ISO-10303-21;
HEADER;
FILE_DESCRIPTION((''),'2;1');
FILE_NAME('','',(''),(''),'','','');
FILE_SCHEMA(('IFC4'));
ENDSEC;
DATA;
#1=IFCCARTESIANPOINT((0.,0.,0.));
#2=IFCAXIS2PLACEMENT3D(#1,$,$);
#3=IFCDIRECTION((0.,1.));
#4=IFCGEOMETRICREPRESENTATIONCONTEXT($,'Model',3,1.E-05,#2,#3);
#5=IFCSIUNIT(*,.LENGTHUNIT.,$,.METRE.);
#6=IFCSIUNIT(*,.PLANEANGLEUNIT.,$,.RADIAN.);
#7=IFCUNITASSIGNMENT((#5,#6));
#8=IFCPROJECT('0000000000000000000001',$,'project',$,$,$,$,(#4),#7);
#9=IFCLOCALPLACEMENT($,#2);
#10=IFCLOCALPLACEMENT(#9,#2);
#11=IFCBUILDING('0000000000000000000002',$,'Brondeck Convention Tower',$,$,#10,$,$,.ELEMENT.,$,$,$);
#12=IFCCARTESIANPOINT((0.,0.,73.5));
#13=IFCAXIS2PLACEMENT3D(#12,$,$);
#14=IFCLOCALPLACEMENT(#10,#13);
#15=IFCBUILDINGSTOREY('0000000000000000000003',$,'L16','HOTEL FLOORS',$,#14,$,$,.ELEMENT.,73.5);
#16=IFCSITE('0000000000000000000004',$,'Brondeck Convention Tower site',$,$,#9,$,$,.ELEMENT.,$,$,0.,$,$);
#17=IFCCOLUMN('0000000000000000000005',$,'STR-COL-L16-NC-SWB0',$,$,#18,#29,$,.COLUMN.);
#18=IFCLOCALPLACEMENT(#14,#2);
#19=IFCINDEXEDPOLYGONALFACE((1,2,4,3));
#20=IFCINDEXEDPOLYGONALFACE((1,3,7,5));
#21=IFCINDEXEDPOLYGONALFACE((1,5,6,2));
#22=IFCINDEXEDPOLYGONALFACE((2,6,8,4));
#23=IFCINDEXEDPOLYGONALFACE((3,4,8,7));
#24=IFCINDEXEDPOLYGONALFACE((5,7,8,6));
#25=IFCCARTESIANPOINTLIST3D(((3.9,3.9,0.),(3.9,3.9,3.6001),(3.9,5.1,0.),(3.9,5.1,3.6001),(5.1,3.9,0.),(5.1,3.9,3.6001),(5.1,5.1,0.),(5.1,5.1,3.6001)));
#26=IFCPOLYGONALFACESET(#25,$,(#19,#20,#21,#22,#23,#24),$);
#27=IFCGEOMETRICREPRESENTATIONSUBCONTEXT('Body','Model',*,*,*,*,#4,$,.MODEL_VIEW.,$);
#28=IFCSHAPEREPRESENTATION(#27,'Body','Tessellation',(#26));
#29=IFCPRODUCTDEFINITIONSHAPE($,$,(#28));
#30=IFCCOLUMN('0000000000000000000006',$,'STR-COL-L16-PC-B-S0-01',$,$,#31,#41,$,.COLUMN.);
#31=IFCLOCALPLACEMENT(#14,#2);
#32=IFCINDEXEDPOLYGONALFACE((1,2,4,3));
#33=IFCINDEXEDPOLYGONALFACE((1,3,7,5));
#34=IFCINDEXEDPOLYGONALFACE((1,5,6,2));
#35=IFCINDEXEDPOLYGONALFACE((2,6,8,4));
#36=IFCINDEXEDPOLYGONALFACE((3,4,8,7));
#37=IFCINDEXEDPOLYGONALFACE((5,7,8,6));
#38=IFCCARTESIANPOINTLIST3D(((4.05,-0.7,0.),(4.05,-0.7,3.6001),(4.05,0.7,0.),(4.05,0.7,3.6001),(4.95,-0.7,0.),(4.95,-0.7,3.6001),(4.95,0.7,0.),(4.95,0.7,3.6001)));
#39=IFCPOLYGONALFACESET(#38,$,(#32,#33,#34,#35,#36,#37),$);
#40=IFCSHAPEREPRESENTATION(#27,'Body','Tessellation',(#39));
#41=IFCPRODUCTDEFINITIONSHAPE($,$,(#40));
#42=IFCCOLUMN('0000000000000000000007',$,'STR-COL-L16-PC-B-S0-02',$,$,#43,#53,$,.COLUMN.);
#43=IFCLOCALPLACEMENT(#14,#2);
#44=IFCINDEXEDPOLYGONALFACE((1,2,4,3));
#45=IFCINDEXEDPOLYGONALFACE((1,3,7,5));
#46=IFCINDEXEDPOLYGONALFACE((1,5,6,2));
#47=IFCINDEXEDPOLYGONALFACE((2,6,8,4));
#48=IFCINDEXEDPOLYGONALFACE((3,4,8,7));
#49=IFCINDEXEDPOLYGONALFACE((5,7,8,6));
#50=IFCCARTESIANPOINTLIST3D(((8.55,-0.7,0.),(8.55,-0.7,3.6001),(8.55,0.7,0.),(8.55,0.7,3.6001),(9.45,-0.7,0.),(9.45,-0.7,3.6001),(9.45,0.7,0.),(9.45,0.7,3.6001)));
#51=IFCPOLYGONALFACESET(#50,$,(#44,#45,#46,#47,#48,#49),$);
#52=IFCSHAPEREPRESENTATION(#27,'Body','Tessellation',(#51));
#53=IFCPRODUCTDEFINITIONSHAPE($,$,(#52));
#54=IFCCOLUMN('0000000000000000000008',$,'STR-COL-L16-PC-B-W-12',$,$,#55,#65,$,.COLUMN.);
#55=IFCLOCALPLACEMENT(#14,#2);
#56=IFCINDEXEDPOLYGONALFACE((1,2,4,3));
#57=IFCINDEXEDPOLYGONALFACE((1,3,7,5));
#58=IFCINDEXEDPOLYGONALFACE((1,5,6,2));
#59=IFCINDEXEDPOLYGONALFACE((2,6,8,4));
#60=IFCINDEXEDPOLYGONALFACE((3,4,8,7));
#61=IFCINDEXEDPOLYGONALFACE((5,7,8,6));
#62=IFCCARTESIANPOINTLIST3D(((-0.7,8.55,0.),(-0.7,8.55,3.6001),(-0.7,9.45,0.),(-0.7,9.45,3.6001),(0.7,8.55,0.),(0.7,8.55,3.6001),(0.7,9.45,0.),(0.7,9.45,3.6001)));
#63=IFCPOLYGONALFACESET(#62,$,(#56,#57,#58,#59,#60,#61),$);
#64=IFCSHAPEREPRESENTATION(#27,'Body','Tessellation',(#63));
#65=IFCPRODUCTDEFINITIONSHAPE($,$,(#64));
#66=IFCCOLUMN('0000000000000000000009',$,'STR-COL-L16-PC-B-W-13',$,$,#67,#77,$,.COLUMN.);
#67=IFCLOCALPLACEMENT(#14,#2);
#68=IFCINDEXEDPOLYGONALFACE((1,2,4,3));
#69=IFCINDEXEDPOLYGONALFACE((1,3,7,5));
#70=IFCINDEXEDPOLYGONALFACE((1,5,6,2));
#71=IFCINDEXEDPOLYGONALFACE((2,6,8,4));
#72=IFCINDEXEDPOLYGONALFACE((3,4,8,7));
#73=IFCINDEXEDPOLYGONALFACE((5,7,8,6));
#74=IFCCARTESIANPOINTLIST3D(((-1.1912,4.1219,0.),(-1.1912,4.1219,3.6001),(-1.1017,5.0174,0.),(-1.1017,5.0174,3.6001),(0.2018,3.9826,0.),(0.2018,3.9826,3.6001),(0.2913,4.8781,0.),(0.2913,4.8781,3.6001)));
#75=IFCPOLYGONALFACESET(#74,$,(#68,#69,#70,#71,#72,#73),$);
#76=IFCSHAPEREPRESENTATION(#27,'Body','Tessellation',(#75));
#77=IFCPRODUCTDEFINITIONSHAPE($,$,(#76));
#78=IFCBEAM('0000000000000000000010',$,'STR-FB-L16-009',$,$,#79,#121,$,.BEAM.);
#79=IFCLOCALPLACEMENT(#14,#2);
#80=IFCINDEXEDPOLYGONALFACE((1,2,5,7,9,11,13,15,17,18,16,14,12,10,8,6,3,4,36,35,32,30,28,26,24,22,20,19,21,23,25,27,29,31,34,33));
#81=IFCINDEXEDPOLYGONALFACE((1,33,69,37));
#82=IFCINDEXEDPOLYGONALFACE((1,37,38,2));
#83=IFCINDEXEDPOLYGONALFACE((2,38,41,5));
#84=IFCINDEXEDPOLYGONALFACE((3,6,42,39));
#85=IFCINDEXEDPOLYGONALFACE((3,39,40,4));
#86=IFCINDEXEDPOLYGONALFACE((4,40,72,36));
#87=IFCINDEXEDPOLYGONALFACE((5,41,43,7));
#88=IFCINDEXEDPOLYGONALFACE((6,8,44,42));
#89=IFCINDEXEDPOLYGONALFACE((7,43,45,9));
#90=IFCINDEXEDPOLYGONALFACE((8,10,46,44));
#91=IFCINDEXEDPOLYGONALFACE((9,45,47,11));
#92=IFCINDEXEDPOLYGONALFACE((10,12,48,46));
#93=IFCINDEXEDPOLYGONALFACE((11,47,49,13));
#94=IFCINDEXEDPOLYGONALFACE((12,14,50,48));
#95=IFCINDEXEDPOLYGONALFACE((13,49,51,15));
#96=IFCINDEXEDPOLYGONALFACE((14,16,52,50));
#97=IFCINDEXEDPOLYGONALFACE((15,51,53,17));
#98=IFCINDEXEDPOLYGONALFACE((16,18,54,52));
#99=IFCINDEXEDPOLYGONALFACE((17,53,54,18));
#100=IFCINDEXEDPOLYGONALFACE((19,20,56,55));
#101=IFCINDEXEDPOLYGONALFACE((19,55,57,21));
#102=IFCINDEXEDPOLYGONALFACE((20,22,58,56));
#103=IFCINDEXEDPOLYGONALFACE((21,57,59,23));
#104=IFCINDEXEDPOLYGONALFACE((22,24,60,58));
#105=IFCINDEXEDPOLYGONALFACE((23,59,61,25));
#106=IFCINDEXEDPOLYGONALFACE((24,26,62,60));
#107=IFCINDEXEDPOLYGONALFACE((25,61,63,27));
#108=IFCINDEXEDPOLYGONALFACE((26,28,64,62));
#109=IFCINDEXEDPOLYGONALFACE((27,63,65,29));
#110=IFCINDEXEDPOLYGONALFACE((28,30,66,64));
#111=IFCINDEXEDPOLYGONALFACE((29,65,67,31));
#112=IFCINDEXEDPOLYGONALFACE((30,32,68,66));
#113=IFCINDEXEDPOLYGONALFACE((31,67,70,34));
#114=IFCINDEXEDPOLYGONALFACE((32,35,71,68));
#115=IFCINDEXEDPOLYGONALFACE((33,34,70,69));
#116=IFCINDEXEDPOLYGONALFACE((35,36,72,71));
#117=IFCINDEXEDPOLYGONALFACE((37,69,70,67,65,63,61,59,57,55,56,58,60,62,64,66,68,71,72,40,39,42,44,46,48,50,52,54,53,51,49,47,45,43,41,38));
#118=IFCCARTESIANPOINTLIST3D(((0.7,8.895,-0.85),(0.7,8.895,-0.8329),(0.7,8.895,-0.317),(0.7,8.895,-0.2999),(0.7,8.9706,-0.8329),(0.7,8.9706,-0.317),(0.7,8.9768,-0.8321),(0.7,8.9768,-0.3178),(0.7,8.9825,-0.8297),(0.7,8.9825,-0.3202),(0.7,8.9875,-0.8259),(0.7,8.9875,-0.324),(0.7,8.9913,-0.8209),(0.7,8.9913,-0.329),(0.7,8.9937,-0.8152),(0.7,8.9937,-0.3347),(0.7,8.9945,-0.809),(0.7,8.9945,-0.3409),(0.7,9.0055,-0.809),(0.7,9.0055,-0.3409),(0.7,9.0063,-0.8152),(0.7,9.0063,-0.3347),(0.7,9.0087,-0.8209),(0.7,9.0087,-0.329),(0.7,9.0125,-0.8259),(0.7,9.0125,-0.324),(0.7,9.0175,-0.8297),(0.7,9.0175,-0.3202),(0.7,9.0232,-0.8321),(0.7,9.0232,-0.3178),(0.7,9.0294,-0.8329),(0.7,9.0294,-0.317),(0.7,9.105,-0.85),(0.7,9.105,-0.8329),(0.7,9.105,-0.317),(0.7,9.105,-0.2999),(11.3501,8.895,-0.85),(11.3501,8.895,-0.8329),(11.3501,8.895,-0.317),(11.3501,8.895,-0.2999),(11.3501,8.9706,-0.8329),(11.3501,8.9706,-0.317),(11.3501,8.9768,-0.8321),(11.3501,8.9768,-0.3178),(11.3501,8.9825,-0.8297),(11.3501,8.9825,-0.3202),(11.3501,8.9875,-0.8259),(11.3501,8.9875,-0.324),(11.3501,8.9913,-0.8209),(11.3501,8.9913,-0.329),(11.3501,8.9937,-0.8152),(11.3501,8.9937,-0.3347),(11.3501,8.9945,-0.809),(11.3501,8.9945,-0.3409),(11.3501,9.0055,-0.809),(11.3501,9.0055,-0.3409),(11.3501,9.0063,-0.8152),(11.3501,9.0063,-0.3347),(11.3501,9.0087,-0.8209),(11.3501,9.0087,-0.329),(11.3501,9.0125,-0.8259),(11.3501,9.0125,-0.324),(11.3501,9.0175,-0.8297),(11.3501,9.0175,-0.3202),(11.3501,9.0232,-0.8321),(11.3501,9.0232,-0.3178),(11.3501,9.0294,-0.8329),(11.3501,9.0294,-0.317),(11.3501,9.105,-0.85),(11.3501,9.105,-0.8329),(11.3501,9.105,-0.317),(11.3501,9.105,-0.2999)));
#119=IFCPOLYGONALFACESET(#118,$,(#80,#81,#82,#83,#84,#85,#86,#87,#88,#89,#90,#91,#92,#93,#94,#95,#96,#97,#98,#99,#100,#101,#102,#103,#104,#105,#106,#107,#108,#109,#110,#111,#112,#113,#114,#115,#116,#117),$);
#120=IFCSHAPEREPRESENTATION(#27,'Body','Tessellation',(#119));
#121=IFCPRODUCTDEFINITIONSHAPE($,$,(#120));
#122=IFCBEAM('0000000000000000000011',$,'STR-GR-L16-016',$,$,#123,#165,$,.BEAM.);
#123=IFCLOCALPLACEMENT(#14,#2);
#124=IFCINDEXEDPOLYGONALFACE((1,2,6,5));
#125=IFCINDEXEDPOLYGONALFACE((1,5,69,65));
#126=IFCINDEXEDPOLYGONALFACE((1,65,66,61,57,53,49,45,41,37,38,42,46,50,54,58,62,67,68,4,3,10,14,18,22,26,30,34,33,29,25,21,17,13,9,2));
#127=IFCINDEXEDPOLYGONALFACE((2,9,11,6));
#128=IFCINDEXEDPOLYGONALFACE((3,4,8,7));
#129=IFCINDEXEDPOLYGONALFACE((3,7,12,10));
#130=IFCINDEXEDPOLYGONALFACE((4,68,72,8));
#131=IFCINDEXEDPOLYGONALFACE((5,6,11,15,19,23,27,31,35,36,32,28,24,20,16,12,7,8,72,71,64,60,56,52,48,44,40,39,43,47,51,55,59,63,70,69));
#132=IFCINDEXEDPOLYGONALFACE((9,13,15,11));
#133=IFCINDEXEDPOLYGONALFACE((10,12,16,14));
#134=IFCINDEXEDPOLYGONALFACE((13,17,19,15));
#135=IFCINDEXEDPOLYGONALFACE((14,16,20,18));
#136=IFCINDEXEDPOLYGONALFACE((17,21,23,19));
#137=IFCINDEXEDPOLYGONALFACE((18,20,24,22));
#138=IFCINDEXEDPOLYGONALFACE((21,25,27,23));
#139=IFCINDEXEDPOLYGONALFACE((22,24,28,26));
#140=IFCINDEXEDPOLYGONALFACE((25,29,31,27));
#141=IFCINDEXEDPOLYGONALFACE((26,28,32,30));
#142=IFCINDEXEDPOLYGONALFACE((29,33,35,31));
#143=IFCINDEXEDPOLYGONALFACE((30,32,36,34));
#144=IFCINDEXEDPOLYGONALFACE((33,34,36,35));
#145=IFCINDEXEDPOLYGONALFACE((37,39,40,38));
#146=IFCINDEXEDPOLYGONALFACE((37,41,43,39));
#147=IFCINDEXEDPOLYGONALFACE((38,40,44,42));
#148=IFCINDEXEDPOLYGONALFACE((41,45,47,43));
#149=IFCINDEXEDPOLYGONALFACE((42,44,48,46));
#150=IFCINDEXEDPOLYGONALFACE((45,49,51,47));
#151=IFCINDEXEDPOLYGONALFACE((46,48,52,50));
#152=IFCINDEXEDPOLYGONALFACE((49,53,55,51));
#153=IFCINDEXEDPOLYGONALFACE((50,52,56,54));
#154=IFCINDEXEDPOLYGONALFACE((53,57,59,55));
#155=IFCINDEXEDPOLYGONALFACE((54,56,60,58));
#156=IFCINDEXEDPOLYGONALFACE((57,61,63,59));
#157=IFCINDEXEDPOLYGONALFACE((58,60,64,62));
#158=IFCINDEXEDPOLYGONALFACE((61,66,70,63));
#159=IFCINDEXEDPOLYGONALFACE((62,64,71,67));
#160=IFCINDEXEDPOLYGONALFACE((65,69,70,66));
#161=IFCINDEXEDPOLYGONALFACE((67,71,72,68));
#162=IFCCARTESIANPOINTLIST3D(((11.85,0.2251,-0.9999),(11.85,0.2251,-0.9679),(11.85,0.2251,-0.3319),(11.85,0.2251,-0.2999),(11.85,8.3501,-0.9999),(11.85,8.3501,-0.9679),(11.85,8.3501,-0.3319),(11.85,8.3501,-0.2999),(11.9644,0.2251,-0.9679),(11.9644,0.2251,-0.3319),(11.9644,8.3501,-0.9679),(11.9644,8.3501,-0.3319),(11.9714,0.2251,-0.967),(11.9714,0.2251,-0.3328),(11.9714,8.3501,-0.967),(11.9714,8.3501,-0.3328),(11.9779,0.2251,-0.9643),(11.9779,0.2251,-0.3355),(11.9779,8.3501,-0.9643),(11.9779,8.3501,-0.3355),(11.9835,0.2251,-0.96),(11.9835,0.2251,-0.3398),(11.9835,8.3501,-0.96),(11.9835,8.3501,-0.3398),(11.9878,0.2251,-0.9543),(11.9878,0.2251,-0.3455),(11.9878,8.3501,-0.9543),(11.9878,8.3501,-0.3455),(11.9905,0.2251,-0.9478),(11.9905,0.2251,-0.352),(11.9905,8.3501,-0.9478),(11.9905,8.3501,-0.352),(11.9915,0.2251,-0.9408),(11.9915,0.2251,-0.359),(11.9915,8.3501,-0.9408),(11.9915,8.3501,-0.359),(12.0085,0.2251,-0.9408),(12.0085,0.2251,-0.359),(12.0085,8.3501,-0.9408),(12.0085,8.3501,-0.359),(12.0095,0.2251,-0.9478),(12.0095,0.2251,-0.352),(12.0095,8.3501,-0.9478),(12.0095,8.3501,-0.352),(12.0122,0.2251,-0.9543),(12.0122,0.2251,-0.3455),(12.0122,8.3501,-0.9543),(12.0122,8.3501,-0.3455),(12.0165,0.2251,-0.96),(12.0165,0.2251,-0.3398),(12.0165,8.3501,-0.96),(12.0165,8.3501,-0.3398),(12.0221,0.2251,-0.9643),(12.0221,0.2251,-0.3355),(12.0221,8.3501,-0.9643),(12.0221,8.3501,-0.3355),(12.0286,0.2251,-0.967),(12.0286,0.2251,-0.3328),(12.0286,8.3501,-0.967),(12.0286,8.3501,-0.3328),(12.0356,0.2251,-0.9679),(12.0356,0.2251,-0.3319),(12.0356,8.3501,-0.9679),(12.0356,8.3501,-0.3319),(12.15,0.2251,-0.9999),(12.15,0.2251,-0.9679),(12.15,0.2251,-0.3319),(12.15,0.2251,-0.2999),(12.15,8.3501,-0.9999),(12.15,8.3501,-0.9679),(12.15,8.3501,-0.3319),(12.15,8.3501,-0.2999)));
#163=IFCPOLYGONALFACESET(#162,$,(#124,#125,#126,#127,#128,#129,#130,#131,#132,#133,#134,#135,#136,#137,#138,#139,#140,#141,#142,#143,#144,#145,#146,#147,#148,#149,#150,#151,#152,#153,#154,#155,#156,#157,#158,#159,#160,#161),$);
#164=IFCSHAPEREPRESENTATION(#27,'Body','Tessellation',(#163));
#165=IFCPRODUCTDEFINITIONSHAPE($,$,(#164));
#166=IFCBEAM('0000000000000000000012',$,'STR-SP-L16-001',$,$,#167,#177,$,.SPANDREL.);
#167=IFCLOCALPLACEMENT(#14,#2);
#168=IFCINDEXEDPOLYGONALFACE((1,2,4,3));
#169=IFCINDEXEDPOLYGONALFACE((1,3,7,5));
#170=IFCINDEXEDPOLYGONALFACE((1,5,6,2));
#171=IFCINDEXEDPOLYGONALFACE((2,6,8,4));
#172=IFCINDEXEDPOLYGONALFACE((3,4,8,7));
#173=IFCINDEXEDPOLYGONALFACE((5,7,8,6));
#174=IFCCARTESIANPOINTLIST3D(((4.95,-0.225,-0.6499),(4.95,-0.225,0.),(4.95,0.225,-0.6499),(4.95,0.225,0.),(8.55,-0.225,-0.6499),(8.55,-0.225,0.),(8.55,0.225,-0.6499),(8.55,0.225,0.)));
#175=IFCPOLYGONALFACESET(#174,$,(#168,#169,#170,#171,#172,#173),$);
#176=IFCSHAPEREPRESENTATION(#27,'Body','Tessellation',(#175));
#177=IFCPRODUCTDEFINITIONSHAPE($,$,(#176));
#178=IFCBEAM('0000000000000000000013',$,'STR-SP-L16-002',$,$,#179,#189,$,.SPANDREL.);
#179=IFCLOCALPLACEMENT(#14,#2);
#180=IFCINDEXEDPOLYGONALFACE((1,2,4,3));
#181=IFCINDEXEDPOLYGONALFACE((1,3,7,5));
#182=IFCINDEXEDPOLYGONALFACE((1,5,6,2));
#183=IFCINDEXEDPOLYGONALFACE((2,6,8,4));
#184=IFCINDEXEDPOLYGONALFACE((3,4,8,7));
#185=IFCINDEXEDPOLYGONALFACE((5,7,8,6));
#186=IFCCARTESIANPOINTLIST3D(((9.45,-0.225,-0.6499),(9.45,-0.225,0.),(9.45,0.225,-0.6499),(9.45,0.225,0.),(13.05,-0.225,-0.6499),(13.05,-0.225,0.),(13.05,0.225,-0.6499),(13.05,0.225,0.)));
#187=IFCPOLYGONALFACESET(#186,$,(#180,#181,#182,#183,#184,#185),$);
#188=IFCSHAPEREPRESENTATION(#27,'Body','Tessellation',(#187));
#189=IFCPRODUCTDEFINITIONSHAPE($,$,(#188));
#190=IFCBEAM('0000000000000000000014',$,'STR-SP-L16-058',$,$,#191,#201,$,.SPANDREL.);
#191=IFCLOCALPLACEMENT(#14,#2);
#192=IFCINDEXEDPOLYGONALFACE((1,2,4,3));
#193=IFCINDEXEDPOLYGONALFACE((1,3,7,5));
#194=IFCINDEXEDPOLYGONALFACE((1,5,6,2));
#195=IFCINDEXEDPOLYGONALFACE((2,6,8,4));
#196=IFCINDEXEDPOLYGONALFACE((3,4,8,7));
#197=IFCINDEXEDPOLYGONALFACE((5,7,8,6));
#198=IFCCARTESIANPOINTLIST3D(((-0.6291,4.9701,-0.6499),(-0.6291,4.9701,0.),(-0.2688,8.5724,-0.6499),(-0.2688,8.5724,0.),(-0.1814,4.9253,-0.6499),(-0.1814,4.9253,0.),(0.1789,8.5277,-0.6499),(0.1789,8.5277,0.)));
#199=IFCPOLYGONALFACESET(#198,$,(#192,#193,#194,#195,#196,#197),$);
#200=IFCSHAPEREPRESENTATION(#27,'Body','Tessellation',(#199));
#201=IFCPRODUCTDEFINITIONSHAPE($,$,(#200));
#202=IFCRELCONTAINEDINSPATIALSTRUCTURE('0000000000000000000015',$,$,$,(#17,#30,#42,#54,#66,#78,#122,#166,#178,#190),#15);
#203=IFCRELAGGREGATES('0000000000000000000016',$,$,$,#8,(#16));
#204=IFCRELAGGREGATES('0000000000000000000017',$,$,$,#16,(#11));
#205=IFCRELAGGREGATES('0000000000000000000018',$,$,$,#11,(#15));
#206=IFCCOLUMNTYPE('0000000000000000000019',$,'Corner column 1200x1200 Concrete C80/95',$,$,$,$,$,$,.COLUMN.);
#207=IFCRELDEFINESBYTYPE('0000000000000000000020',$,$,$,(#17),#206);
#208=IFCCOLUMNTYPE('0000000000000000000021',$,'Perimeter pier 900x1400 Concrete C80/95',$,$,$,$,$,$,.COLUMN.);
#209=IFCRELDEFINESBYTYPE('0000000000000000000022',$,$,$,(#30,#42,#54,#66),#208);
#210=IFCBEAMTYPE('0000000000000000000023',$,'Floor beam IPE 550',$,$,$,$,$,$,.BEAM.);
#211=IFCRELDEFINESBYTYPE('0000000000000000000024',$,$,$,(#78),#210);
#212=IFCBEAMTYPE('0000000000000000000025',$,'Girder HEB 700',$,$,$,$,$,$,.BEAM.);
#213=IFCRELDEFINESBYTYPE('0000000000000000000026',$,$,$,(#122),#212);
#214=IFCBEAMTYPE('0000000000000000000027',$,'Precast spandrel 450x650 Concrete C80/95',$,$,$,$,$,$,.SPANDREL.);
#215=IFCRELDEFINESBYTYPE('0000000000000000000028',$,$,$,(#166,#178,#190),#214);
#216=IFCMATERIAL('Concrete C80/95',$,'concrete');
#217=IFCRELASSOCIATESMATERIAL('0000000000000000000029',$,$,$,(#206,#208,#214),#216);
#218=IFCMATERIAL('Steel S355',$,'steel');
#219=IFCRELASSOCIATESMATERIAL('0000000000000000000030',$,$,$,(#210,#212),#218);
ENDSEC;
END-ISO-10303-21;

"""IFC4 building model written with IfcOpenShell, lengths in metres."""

from ifc_helpers import new_model, si_unit, direction, frame, origin, origin_2d, place, context, subcontext, project, spatial, rectangle, i_section, extrude, material, material_profile, profile_set, type_object, element, save


model = new_model("IFC4")

# Units and contexts
model_context = context("Model", 3, precision=1e-05, world=origin(), true_north=direction((0.0, 1.0)))
body_context = subcontext(model_context, "Body", "Model", "MODEL_VIEW")
ifc_project = project(units=[si_unit("LENGTHUNIT", "METRE"), si_unit("PLANEANGLEUNIT", "RADIAN")], contexts=[model_context])

# Site, building, storey
site_placement = place(None, origin())
site = spatial("IfcSite", under=ifc_project, at=site_placement, Name="Brondeck Convention Tower site", CompositionType="ELEMENT", RefElevation=0.0)
building_placement = place(site_placement, origin())
building = spatial("IfcBuilding", under=site, at=building_placement, Name="Brondeck Convention Tower", CompositionType="ELEMENT")
storey_placement = place(building_placement, frame((0.0, 0.0, 73.5)))
storey = spatial("IfcBuildingStorey", under=building, at=storey_placement, Name="L16", Description="HOTEL FLOORS", CompositionType="ELEMENT", Elevation=73.5)

# Columns
ifc_material_1 = material(Name="Concrete C80/95", Category="concrete")
ifc_material_profile_1 = material_profile(ifc_material_1, rectangle(XDim=1.2, YDim=1.2, at=origin_2d()), Name="Corner column 1200x1200 Concrete C80/95")
ifc_profile_set_1 = profile_set([ifc_material_profile_1], Name="Concrete C80/95")
column_type_1 = type_object("IfcColumnType", Name="Corner column 1200x1200 Concrete C80/95", PredefinedType="COLUMN", material=ifc_profile_set_1)
column_placement = place(storey_placement, frame((4.5, 4.5, 0.0), z_axis=(0.0, 0.0, 1.0), x_axis=(1.0, 0.0, 0.0)))
element("IfcColumn", 1, at=column_placement, inside=storey, type_object=column_type_1, Name="STR-COL-L16-NC-SWB0", PredefinedType="COLUMN", context=body_context, shape_type="SweptSolid", body=[
    extrude(rectangle(XDim=1.2, YDim=1.2, at=origin_2d()), origin(), (0.0, 0.0, 1.0), 3.6001),
])
ifc_material_profile_2 = material_profile(ifc_material_1, rectangle(XDim=0.8999, YDim=1.3999, at=origin_2d()), Name="Perimeter pier 900x1400 Concrete C80/95")
ifc_profile_set_2 = profile_set([ifc_material_profile_2], Name="Concrete C80/95")
column_type_2 = type_object("IfcColumnType", Name="Perimeter pier 900x1400 Concrete C80/95", PredefinedType="COLUMN", material=ifc_profile_set_2)
for number, where, z_axis, x_axis, name in (
    (2, (4.5, 0.0, 0.0), (0.0, 0.0, 1.0), (1.0, 0.0, 0.0), "STR-COL-L16-PC-B-S0-01"),
    (3, (9.0, 0.0, 0.0), (0.0, 0.0, 1.0), (1.0, 0.0, 0.0), "STR-COL-L16-PC-B-S0-02"),
    (4, (0.0, 9.0, 0.0), (0.0, 0.0, 1.0), (0.0, -1.0, 0.0), "STR-COL-L16-PC-B-W-12"),
    (5, (-0.45, 4.5, 0.0), (0.0, 0.0, 1.0), (-0.099504, -0.995037, 0.0), "STR-COL-L16-PC-B-W-13"),
):
    element("IfcColumn", number, at=place(storey_placement, frame(where, z_axis=z_axis, x_axis=x_axis)), inside=storey, type_object=column_type_2, Name=name, PredefinedType="COLUMN", context=body_context, shape_type="SweptSolid", body=[
        extrude(rectangle(XDim=0.8999, YDim=1.3999, at=origin_2d()), origin(), (0.0, 0.0, 1.0), 3.6001),
    ])

# Beams
ifc_material_2 = material(Name="Steel S355", Category="steel")
ifc_material_profile_3 = material_profile(ifc_material_2, i_section(OverallWidth=0.21, OverallDepth=0.55, WebThickness=0.011, FlangeThickness=0.0171, FilletRadius=0.0239, at=origin_2d()), Name="IPE 550")
ifc_profile_set_3 = profile_set([ifc_material_profile_3], Name="Steel S355")
beam_type_1 = type_object("IfcBeamType", Name="Floor beam IPE 550", PredefinedType="BEAM", material=ifc_profile_set_3)
beam_1_placement = place(storey_placement, frame((0.7, 9.0, -0.575), z_axis=(1.0, 0.0, 0.0), x_axis=(0.0, 1.0, 0.0)))
element("IfcBeam", 6, at=beam_1_placement, inside=storey, type_object=beam_type_1, Name="STR-FB-L16-009", PredefinedType="BEAM", context=body_context, shape_type="SweptSolid", body=[
    extrude(i_section(OverallWidth=0.21, OverallDepth=0.55, WebThickness=0.011, FlangeThickness=0.0171, FilletRadius=0.0239, at=origin_2d()), origin(), (0.0, 0.0, 1.0), 10.6501),
])
ifc_material_profile_4 = material_profile(ifc_material_2, i_section(OverallWidth=0.3, OverallDepth=0.7, WebThickness=0.0171, FlangeThickness=0.032, FilletRadius=0.0271, at=origin_2d()), Name="HEB 700")
ifc_profile_set_4 = profile_set([ifc_material_profile_4], Name="Steel S355")
beam_type_2 = type_object("IfcBeamType", Name="Girder HEB 700", PredefinedType="BEAM", material=ifc_profile_set_4)
beam_2_placement = place(storey_placement, frame((12.0, 8.3501, -0.6499), z_axis=(0.0, -1.0, 0.0), x_axis=(1.0, 0.0, 0.0)))
element("IfcBeam", 7, at=beam_2_placement, inside=storey, type_object=beam_type_2, Name="STR-GR-L16-016", PredefinedType="BEAM", context=body_context, shape_type="SweptSolid", body=[
    extrude(i_section(OverallWidth=0.3, OverallDepth=0.7, WebThickness=0.0171, FlangeThickness=0.032, FilletRadius=0.0271, at=origin_2d()), origin(), (0.0, 0.0, 1.0), 8.125),
])
ifc_material_profile_5 = material_profile(ifc_material_1, rectangle(XDim=0.45, YDim=0.6499, at=origin_2d()), Name="Precast spandrel 450x650 Concrete C80/95")
ifc_profile_set_5 = profile_set([ifc_material_profile_5], Name="Concrete C80/95")
beam_type_3 = type_object("IfcBeamType", Name="Precast spandrel 450x650 Concrete C80/95", PredefinedType="SPANDREL", material=ifc_profile_set_5)
for number, where, z_axis, x_axis, name in (
    (8, (4.95, 0.0, -0.325), (1.0, 0.0, 0.0), (0.0, 1.0, 0.0), "STR-SP-L16-001"),
    (9, (9.45, 0.0, -0.325), (1.0, 0.0, 0.0), (0.0, 1.0, 0.0), "STR-SP-L16-002"),
):
    element("IfcBeam", number, at=place(storey_placement, frame(where, z_axis=z_axis, x_axis=x_axis)), inside=storey, type_object=beam_type_3, Name=name, PredefinedType="SPANDREL", context=body_context, shape_type="SweptSolid", body=[
        extrude(rectangle(XDim=0.45, YDim=0.6499, at=origin_2d()), origin(), (0.0, 0.0, 1.0), 3.6001),
    ])
beam_3_placement = place(storey_placement, frame((-0.0449, 8.55, -0.325), z_axis=(-0.099537, -0.995034, 0.0), x_axis=(0.995034, -0.099537, 0.0)))
element("IfcBeam", 10, at=beam_3_placement, inside=storey, type_object=beam_type_3, Name="STR-SP-L16-058", PredefinedType="SPANDREL", context=body_context, shape_type="SweptSolid", body=[
    extrude(rectangle(XDim=0.45, YDim=0.6499, at=origin_2d()), origin(), (0.0, 0.0, 1.0), 3.6204),
])

save(model, "model.ifc")
